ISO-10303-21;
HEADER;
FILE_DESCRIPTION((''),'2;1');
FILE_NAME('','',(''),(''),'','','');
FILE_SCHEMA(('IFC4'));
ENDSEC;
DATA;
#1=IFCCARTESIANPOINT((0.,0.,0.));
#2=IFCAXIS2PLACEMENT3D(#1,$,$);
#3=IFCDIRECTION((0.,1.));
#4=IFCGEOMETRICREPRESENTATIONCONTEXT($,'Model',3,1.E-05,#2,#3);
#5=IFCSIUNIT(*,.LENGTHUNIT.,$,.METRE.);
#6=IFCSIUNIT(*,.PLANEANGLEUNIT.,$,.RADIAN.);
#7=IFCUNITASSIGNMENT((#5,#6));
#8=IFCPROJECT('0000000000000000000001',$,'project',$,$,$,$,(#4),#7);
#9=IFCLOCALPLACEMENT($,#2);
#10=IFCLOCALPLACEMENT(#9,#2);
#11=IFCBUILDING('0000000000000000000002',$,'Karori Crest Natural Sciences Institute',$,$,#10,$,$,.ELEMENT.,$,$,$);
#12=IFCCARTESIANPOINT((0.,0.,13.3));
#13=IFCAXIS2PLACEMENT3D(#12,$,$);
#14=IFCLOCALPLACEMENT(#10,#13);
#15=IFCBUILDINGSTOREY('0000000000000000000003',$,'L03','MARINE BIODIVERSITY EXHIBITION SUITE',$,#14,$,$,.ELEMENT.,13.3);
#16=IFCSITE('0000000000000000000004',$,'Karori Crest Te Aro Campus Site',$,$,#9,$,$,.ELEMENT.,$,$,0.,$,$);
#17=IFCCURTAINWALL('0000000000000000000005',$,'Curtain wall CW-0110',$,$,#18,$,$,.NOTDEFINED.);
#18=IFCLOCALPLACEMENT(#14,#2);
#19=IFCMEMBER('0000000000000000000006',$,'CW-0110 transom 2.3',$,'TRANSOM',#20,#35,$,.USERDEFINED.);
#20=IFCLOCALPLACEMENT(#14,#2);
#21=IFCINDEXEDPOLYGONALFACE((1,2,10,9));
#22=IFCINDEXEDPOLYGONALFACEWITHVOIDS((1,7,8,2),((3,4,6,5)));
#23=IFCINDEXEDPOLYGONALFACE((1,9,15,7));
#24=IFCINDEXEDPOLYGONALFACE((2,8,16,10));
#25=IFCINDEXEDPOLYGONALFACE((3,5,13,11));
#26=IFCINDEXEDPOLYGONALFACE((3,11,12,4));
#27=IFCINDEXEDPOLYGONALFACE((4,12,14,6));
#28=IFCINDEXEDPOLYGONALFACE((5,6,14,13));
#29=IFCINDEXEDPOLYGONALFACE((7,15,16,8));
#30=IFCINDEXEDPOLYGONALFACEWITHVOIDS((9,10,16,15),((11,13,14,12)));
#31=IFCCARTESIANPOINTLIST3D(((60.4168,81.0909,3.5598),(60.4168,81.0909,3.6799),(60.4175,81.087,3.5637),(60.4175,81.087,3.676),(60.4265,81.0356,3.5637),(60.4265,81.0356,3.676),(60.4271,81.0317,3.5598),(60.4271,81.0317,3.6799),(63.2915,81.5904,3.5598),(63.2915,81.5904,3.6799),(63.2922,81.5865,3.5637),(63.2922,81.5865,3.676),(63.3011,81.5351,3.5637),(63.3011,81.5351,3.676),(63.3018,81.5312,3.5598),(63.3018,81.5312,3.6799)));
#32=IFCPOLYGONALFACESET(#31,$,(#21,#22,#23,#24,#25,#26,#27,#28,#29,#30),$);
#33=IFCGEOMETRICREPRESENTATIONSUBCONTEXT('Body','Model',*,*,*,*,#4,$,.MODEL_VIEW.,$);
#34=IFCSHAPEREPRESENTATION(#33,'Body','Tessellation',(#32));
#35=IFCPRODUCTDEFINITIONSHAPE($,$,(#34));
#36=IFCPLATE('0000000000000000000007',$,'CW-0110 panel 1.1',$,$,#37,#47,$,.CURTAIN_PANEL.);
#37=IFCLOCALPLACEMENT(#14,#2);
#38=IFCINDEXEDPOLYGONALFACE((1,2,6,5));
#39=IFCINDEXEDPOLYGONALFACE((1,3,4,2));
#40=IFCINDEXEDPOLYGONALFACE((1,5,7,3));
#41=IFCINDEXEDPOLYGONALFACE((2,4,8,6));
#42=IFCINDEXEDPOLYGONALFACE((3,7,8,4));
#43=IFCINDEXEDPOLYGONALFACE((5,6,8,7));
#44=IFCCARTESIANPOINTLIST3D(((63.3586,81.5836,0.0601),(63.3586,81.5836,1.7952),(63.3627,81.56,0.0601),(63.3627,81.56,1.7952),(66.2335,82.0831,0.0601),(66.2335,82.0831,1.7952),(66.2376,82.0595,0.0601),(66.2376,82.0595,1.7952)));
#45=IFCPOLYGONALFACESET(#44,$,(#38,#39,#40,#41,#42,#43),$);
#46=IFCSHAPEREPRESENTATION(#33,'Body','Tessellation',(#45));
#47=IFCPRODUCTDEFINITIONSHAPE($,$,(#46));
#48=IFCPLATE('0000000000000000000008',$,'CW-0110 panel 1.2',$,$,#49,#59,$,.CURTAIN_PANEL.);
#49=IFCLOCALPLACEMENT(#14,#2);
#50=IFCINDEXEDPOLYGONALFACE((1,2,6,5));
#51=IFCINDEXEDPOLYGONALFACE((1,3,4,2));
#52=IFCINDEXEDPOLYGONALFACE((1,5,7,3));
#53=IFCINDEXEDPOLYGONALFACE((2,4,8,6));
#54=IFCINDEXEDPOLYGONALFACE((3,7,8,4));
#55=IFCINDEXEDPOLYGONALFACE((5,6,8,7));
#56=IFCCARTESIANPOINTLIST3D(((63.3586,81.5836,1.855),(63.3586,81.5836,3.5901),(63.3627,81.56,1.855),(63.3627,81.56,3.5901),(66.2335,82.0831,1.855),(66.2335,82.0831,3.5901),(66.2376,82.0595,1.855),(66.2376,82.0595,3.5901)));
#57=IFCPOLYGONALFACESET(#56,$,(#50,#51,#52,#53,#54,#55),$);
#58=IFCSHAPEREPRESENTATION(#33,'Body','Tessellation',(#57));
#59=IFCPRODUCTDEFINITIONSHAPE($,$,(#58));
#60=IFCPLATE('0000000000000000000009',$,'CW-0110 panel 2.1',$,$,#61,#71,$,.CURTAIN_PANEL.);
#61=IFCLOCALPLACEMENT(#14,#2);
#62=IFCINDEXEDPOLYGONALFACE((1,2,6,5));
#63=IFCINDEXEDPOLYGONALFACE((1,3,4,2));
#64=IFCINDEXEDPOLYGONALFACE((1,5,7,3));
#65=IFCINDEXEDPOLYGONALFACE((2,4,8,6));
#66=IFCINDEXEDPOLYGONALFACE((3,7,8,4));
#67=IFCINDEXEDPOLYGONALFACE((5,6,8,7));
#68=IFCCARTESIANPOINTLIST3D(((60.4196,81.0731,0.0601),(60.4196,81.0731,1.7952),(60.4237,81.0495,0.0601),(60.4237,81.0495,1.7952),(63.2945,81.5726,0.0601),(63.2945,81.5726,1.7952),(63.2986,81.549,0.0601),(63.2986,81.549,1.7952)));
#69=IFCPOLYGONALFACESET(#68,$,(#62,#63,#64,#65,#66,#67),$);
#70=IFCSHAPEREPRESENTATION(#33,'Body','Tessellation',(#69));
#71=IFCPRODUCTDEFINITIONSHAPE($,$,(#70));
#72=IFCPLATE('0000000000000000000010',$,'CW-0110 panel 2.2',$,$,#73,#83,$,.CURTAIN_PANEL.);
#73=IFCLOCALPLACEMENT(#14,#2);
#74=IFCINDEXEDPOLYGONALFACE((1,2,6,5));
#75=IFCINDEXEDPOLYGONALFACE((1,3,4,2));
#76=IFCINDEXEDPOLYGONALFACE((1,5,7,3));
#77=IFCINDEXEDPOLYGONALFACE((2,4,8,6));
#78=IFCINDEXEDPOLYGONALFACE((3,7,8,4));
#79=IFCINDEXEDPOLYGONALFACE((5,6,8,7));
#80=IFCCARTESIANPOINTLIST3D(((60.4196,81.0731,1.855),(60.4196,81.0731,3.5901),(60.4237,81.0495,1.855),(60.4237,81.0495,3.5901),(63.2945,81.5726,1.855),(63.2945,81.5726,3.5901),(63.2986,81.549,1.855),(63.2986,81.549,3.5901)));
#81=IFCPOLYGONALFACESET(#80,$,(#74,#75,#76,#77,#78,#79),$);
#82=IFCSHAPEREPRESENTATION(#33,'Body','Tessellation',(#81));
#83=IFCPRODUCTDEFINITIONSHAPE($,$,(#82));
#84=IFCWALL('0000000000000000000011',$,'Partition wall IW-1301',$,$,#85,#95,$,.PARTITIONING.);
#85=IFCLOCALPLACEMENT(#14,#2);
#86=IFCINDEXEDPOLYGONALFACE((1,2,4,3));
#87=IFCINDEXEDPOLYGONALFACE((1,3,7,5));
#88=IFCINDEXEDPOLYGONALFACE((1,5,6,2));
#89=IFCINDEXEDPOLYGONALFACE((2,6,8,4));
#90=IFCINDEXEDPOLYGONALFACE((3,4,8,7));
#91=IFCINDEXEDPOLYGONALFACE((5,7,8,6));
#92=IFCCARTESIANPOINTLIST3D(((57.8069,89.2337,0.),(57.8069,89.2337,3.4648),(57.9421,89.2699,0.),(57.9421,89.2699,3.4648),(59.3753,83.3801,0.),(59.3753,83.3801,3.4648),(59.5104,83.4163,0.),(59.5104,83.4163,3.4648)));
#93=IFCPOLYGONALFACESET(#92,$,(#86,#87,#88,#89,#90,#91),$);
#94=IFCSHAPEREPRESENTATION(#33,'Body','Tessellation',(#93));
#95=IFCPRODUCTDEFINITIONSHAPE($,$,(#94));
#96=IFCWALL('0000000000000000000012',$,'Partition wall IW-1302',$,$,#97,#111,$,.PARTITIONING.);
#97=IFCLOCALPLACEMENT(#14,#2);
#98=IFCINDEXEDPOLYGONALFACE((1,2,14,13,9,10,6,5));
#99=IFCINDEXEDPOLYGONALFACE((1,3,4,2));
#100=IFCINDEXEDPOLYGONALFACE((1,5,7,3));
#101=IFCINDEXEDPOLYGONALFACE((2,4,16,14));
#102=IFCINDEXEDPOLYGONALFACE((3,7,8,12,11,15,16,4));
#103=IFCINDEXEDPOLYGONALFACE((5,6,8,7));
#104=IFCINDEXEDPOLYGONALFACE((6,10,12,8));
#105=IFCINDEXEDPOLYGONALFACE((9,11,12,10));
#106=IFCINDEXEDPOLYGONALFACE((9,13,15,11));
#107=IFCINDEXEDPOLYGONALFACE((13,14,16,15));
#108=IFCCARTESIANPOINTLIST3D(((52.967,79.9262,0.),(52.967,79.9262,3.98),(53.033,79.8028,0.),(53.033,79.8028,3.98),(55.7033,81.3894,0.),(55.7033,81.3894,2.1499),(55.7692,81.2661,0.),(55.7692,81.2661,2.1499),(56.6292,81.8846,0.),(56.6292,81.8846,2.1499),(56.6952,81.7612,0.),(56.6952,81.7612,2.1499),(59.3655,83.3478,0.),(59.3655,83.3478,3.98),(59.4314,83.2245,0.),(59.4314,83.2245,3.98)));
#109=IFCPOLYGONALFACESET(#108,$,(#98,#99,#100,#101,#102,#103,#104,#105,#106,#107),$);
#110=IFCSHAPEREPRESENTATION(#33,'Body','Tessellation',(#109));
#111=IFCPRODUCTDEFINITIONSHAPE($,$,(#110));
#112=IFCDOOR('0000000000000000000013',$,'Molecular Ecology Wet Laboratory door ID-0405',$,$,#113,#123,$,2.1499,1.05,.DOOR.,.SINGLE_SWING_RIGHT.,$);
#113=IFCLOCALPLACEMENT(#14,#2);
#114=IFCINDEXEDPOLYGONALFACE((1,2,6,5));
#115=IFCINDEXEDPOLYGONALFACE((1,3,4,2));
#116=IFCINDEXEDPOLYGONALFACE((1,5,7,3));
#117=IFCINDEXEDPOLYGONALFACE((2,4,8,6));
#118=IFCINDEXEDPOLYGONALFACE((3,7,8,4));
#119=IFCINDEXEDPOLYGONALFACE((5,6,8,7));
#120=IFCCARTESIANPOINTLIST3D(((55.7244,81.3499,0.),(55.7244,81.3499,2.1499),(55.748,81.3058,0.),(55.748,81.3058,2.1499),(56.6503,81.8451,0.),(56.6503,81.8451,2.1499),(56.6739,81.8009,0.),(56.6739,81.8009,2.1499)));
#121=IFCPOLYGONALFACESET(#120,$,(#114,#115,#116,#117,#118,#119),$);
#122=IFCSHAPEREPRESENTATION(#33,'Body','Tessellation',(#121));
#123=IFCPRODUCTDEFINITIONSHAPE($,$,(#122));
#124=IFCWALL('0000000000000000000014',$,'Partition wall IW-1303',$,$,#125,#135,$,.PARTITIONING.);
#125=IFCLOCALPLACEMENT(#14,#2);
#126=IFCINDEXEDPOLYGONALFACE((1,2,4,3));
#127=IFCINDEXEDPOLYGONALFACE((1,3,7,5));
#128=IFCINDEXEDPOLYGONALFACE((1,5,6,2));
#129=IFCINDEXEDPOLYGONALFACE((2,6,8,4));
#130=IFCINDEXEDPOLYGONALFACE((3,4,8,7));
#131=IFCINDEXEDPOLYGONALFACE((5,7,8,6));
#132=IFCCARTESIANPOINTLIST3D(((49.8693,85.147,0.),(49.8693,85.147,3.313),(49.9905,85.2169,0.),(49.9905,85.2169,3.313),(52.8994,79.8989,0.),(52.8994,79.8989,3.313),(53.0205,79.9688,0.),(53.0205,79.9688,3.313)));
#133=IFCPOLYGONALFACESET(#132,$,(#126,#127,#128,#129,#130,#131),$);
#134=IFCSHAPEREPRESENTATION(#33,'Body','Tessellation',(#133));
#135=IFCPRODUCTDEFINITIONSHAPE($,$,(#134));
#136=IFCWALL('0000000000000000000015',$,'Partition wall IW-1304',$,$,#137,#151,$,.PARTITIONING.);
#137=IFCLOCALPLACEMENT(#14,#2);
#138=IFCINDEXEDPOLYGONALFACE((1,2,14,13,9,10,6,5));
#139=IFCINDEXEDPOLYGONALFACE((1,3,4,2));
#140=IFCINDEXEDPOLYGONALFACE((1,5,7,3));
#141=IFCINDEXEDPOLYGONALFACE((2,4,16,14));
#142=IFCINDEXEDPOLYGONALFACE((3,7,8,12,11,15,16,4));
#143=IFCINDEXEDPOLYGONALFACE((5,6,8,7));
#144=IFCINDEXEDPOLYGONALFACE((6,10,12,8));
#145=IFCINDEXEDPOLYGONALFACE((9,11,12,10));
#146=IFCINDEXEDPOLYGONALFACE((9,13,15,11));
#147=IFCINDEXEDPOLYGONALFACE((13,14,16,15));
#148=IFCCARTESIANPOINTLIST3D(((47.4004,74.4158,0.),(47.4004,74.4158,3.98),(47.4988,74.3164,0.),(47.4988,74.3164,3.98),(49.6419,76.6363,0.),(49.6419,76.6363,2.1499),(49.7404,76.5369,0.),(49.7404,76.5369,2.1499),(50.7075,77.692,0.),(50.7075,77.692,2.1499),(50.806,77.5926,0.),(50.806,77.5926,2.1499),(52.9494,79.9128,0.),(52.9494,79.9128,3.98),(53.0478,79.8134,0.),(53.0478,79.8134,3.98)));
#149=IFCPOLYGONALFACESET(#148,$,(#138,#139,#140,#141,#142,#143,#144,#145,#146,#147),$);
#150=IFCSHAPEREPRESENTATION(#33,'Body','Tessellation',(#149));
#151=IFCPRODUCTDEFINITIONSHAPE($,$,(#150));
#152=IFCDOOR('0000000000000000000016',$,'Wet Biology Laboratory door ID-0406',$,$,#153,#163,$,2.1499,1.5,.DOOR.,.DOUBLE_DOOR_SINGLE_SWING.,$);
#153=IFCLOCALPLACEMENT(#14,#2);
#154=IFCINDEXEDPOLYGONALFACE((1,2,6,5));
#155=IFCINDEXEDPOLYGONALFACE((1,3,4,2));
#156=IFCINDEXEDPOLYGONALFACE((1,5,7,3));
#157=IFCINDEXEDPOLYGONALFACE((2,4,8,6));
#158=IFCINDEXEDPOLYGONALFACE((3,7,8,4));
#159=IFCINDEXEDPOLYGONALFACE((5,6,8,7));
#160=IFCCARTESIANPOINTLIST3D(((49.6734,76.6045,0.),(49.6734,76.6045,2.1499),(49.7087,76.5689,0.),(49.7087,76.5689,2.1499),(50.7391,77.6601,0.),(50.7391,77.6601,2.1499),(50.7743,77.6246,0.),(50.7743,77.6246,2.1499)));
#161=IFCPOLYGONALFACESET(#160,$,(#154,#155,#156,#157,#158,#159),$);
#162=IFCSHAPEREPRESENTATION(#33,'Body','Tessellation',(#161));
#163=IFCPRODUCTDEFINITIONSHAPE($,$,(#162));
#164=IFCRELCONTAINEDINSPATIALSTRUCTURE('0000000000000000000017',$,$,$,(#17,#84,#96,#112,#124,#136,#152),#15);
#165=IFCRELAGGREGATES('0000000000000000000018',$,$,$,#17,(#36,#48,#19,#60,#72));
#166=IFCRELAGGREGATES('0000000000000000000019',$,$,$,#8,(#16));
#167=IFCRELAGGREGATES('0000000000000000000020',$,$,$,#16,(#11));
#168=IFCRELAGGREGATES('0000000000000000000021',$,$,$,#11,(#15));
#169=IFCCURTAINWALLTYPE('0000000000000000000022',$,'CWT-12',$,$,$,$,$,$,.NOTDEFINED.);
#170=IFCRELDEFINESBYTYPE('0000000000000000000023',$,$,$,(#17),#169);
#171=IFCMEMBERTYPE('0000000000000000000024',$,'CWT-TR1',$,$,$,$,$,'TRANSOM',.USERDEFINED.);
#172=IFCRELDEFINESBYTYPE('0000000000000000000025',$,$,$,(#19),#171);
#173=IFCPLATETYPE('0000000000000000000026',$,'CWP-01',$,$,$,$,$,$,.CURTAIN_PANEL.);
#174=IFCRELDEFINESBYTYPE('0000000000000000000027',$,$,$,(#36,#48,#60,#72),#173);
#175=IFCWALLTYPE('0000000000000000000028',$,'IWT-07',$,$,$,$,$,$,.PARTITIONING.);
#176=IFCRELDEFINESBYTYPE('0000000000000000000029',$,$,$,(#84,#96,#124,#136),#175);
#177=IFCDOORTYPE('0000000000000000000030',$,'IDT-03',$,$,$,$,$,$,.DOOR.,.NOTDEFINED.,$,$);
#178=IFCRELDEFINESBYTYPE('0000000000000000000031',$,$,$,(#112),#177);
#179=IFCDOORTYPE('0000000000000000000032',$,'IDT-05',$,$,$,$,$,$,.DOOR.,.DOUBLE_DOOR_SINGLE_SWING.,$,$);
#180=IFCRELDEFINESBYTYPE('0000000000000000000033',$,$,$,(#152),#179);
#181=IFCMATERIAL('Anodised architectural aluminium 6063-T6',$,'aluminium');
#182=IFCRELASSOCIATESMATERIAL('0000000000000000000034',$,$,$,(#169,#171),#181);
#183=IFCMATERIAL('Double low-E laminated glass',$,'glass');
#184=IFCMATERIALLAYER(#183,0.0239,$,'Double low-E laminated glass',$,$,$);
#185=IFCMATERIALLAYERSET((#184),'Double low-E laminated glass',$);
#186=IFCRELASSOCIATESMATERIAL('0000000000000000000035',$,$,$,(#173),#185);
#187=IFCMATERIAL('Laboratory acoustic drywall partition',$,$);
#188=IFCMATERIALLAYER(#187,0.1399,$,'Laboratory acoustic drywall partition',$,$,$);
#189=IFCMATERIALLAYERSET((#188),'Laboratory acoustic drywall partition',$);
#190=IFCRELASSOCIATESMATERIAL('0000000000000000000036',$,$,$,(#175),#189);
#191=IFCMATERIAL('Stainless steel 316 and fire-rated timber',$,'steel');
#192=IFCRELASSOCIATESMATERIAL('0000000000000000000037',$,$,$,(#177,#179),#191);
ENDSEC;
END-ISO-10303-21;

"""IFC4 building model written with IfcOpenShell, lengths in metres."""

from ifc_helpers import new_model, si_unit, direction, frame, frame_2d, origin, origin_2d, place, context, subcontext, project, spatial, rectangle, hollow_rectangle, extrude, material, layer, layer_set, material_profile, profile_set, type_object, element, fill, aggregate, save


model = new_model("IFC4")

# Units and contexts
model_context = context("Model", 3, precision=1e-05, world=origin(), true_north=direction((0.0, 1.0)))
body_context = subcontext(model_context, "Body", "Model", "MODEL_VIEW")
ifc_project = project(units=[si_unit("LENGTHUNIT", "METRE"), si_unit("PLANEANGLEUNIT", "RADIAN")], contexts=[model_context])

# Site, building, storey
site_placement = place(None, origin())
site = spatial("IfcSite", under=ifc_project, at=site_placement, Name="Karori Crest Te Aro Campus Site", CompositionType="ELEMENT", RefElevation=0.0)
building_placement = place(site_placement, origin())
building = spatial("IfcBuilding", under=site, at=building_placement, Name="Karori Crest Natural Sciences Institute", CompositionType="ELEMENT")
storey_placement = place(building_placement, frame((0.0, 0.0, 13.3)))
storey = spatial("IfcBuildingStorey", under=building, at=storey_placement, Name="L03", Description="MARINE BIODIVERSITY EXHIBITION SUITE", CompositionType="ELEMENT", Elevation=13.3)

# Curtain wall, member, plates
ifc_material_1 = material(Name="Anodised architectural aluminium 6063-T6", Category="aluminium")
curtain_wall_type = type_object("IfcCurtainWallType", Name="CWT-12", PredefinedType="NOTDEFINED", material=ifc_material_1)
curtain_wall_placement = place(storey_placement, origin())
curtain_wall = element("IfcCurtainWall", 1, at=curtain_wall_placement, inside=storey, type_object=curtain_wall_type, Name="Curtain wall CW-0110", PredefinedType="NOTDEFINED")
ifc_material_profile_1 = material_profile(ifc_material_1, hollow_rectangle(XDim=0.0601, YDim=0.1201, WallThickness=0.0039, at=origin_2d()), Name="CWT120x60x4")
ifc_profile_set_1 = profile_set([ifc_material_profile_1], Name="Anodised architectural aluminium 6063-T6")
member_type_1 = type_object("IfcMemberType", Name="CWT-TR1", ElementType="TRANSOM", PredefinedType="USERDEFINED", material=ifc_profile_set_1)
member_1_placement = place(storey_placement, frame((63.2966, 81.5608, 3.6199), z_axis=(-0.985238, -0.171193, 0.0), x_axis=(0.171193, -0.985238, 0.0)))
member_1 = element("IfcMember", 2, at=member_1_placement, type_object=member_type_1, Name="CW-0110 transom 2.3", ObjectType="TRANSOM", PredefinedType="USERDEFINED", context=body_context, shape_type="SweptSolid", body=[
    extrude(hollow_rectangle(XDim=0.0601, YDim=0.1201, WallThickness=0.0039, at=origin_2d()), origin(), (0.0, 0.0, 1.0), 2.9177),
])
ifc_material_2 = material(Name="Double low-E laminated glass", Category="glass")
ifc_layer_1 = layer(ifc_material_2, 0.0239, Name="Double low-E laminated glass")
ifc_layer_set_1 = layer_set([ifc_layer_1], Name="Double low-E laminated glass")
plate_type = type_object("IfcPlateType", Name="CWP-01", PredefinedType="CURTAIN_PANEL", material=ifc_layer_set_1)
plate_1_placement = place(storey_placement, frame((64.7981, 81.8215, 0.0601), z_axis=(0.0, 0.0, 1.0), x_axis=(-0.985241, -0.171174, 0.0)))
plate_1 = element("IfcPlate", 3, at=plate_1_placement, type_object=plate_type, Name="CW-0110 panel 1.1", PredefinedType="CURTAIN_PANEL", context=body_context, shape_type="SweptSolid", body=[
    extrude(rectangle(XDim=2.918, YDim=0.0239, at=origin_2d()), origin(), (0.0, 0.0, 1.0), 1.7351),
])
plate_2_placement = place(storey_placement, frame((64.7981, 81.8215, 1.855), z_axis=(0.0, 0.0, 1.0), x_axis=(-0.985241, -0.171174, 0.0)))
plate_2 = element("IfcPlate", 4, at=plate_2_placement, type_object=plate_type, Name="CW-0110 panel 1.2", PredefinedType="CURTAIN_PANEL", context=body_context, shape_type="SweptSolid", body=[
    extrude(rectangle(XDim=2.918, YDim=0.0239, at=origin_2d()), origin(), (0.0, 0.0, 1.0), 1.7351),
])
plate_3_placement = place(storey_placement, frame((61.8591, 81.311, 0.0601), z_axis=(0.0, 0.0, 1.0), x_axis=(-0.985241, -0.171174, 0.0)))
plate_3 = element("IfcPlate", 5, at=plate_3_placement, type_object=plate_type, Name="CW-0110 panel 2.1", PredefinedType="CURTAIN_PANEL", context=body_context, shape_type="SweptSolid", body=[
    extrude(rectangle(XDim=2.918, YDim=0.0239, at=origin_2d()), origin(), (0.0, 0.0, 1.0), 1.7351),
])
plate_4_placement = place(storey_placement, frame((61.8591, 81.311, 1.855), z_axis=(0.0, 0.0, 1.0), x_axis=(-0.985241, -0.171174, 0.0)))
plate_4 = element("IfcPlate", 6, at=plate_4_placement, type_object=plate_type, Name="CW-0110 panel 2.2", PredefinedType="CURTAIN_PANEL", context=body_context, shape_type="SweptSolid", body=[
    extrude(rectangle(XDim=2.918, YDim=0.0239, at=origin_2d()), origin(), (0.0, 0.0, 1.0), 1.7351),
])
aggregate(curtain_wall, [plate_1, plate_2, member_1, plate_3, plate_4])

# Wall
ifc_material_3 = material(Name="Laboratory acoustic drywall partition")
ifc_layer_2 = layer(ifc_material_3, 0.1399, Name="Laboratory acoustic drywall partition")
ifc_layer_set_2 = layer_set([ifc_layer_2], Name="Laboratory acoustic drywall partition")
wall_type_1 = type_object("IfcWallType", Name="IWT-07", PredefinedType="PARTITIONING", material=ifc_layer_set_2)
wall_1_placement = place(storey_placement, frame((59.4429, 83.3982, 0.0), z_axis=(0.0, 0.0, 1.0), x_axis=(-0.258806, 0.965929, 0.0)))
element("IfcWall", 7, at=wall_1_placement, inside=storey, type_object=wall_type_1, Name="Partition wall IW-1301", PredefinedType="PARTITIONING", context=body_context, shape_type="SweptSolid", body=[
    extrude(rectangle(XDim=6.0601, YDim=0.1399, at=frame_2d((3.03, 0.0))), origin(), (0.0, 0.0, 1.0), 3.4648),
])

# Wall, opening, door
wall_2_placement = place(storey_placement, frame((59.3984, 83.2861, 0.0), z_axis=(0.0, 0.0, 1.0), x_axis=(-0.88183, -0.471568, 0.0)))
wall_2 = element("IfcWall", 8, at=wall_2_placement, inside=storey, type_object=wall_type_1, Name="Partition wall IW-1302", PredefinedType="PARTITIONING", context=body_context, shape_type="SweptSolid", body=[
    extrude(rectangle(XDim=7.2559, YDim=0.1399, at=frame_2d((3.6279, 0.0))), origin(), (0.0, 0.0, 1.0), 3.98),
])
opening_1_placement = place(wall_2_placement, frame((3.103, 0.0, 0.0)))
opening_1 = element("IfcOpeningElement", 9, at=opening_1_placement, cuts=wall_2, PredefinedType="OPENING", context=body_context, shape_type="SweptSolid", body=[
    extrude(rectangle(XDim=1.05, YDim=2.1499, at=frame_2d((0.5249, 1.075))), frame((0.0, 0.0801, 0.0), z_axis=(0.0, -1.0, 0.0), x_axis=(1.0, 0.0, 0.0)), (0.0, 0.0, 1.0), 0.1599),
])
ifc_material_4 = material(Name="Stainless steel 316 and fire-rated timber", Category="steel")
door_type_1 = type_object("IfcDoorType", Name="IDT-03", OperationType="NOTDEFINED", PredefinedType="DOOR", material=ifc_material_4)
door_1_placement = place(opening_1_placement, origin())
door_1 = element("IfcDoor", 10, at=door_1_placement, inside=storey, type_object=door_type_1, Name="Molecular Ecology Wet Laboratory door ID-0405", OperationType="SINGLE_SWING_RIGHT", OverallHeight=2.1499, OverallWidth=1.05, PredefinedType="DOOR", context=body_context, shape_type="SweptSolid", body=[
    extrude(rectangle(XDim=1.05, YDim=2.1499, at=frame_2d((0.5249, 1.075))), frame((0.0, 0.0249, 0.0), z_axis=(0.0, -1.0, 0.0), x_axis=(1.0, 0.0, 0.0)), (0.0, 0.0, 1.0), 0.05),
])
fill(opening_1, door_1)

# Wall
wall_3_placement = place(storey_placement, frame((52.96, 79.9338, 0.0), z_axis=(0.0, 0.0, 1.0), x_axis=(-0.500008, 0.866021, 0.0)))
element("IfcWall", 11, at=wall_3_placement, inside=storey, type_object=wall_type_1, Name="Partition wall IW-1303", PredefinedType="PARTITIONING", context=body_context, shape_type="SweptSolid", body=[
    extrude(rectangle(XDim=6.0601, YDim=0.1399, at=frame_2d((3.03, 0.0))), origin(), (0.0, 0.0, 1.0), 3.313),
])

# Wall, opening, door
wall_4_placement = place(storey_placement, frame((52.9985, 79.863, 0.0), z_axis=(0.0, 0.0, 1.0), x_axis=(-0.710428, -0.70377, 0.0)))
wall_4 = element("IfcWall", 12, at=wall_4_placement, inside=storey, type_object=wall_type_1, Name="Partition wall IW-1304", PredefinedType="PARTITIONING", context=body_context, shape_type="SweptSolid", body=[
    extrude(rectangle(XDim=7.8108, YDim=0.1399, at=frame_2d((3.9053, 0.0))), origin(), (0.0, 0.0, 1.0), 3.98),
])
opening_2_placement = place(wall_4_placement, frame((3.1555, 0.0, 0.0)))
opening_2 = element("IfcOpeningElement", 13, at=opening_2_placement, cuts=wall_4, PredefinedType="OPENING", context=body_context, shape_type="SweptSolid", body=[
    extrude(rectangle(XDim=1.5, YDim=2.1499, at=frame_2d((0.75, 1.075))), frame((0.0, 0.0801, 0.0), z_axis=(0.0, -1.0, 0.0), x_axis=(1.0, 0.0, 0.0)), (0.0, 0.0, 1.0), 0.1599),
])
door_type_2 = type_object("IfcDoorType", Name="IDT-05", OperationType="DOUBLE_DOOR_SINGLE_SWING", PredefinedType="DOOR", material=ifc_material_4)
door_2_placement = place(opening_2_placement, origin())
door_2 = element("IfcDoor", 14, at=door_2_placement, inside=storey, type_object=door_type_2, Name="Wet Biology Laboratory door ID-0406", OperationType="DOUBLE_DOOR_SINGLE_SWING", OverallHeight=2.1499, OverallWidth=1.5, PredefinedType="DOOR", context=body_context, shape_type="SweptSolid", body=[
    extrude(rectangle(XDim=1.5, YDim=2.1499, at=frame_2d((0.75, 1.075))), frame((0.0, 0.0249, 0.0), z_axis=(0.0, -1.0, 0.0), x_axis=(1.0, 0.0, 0.0)), (0.0, 0.0, 1.0), 0.05),
])
fill(opening_2, door_2)

save(model, "model.ifc")
